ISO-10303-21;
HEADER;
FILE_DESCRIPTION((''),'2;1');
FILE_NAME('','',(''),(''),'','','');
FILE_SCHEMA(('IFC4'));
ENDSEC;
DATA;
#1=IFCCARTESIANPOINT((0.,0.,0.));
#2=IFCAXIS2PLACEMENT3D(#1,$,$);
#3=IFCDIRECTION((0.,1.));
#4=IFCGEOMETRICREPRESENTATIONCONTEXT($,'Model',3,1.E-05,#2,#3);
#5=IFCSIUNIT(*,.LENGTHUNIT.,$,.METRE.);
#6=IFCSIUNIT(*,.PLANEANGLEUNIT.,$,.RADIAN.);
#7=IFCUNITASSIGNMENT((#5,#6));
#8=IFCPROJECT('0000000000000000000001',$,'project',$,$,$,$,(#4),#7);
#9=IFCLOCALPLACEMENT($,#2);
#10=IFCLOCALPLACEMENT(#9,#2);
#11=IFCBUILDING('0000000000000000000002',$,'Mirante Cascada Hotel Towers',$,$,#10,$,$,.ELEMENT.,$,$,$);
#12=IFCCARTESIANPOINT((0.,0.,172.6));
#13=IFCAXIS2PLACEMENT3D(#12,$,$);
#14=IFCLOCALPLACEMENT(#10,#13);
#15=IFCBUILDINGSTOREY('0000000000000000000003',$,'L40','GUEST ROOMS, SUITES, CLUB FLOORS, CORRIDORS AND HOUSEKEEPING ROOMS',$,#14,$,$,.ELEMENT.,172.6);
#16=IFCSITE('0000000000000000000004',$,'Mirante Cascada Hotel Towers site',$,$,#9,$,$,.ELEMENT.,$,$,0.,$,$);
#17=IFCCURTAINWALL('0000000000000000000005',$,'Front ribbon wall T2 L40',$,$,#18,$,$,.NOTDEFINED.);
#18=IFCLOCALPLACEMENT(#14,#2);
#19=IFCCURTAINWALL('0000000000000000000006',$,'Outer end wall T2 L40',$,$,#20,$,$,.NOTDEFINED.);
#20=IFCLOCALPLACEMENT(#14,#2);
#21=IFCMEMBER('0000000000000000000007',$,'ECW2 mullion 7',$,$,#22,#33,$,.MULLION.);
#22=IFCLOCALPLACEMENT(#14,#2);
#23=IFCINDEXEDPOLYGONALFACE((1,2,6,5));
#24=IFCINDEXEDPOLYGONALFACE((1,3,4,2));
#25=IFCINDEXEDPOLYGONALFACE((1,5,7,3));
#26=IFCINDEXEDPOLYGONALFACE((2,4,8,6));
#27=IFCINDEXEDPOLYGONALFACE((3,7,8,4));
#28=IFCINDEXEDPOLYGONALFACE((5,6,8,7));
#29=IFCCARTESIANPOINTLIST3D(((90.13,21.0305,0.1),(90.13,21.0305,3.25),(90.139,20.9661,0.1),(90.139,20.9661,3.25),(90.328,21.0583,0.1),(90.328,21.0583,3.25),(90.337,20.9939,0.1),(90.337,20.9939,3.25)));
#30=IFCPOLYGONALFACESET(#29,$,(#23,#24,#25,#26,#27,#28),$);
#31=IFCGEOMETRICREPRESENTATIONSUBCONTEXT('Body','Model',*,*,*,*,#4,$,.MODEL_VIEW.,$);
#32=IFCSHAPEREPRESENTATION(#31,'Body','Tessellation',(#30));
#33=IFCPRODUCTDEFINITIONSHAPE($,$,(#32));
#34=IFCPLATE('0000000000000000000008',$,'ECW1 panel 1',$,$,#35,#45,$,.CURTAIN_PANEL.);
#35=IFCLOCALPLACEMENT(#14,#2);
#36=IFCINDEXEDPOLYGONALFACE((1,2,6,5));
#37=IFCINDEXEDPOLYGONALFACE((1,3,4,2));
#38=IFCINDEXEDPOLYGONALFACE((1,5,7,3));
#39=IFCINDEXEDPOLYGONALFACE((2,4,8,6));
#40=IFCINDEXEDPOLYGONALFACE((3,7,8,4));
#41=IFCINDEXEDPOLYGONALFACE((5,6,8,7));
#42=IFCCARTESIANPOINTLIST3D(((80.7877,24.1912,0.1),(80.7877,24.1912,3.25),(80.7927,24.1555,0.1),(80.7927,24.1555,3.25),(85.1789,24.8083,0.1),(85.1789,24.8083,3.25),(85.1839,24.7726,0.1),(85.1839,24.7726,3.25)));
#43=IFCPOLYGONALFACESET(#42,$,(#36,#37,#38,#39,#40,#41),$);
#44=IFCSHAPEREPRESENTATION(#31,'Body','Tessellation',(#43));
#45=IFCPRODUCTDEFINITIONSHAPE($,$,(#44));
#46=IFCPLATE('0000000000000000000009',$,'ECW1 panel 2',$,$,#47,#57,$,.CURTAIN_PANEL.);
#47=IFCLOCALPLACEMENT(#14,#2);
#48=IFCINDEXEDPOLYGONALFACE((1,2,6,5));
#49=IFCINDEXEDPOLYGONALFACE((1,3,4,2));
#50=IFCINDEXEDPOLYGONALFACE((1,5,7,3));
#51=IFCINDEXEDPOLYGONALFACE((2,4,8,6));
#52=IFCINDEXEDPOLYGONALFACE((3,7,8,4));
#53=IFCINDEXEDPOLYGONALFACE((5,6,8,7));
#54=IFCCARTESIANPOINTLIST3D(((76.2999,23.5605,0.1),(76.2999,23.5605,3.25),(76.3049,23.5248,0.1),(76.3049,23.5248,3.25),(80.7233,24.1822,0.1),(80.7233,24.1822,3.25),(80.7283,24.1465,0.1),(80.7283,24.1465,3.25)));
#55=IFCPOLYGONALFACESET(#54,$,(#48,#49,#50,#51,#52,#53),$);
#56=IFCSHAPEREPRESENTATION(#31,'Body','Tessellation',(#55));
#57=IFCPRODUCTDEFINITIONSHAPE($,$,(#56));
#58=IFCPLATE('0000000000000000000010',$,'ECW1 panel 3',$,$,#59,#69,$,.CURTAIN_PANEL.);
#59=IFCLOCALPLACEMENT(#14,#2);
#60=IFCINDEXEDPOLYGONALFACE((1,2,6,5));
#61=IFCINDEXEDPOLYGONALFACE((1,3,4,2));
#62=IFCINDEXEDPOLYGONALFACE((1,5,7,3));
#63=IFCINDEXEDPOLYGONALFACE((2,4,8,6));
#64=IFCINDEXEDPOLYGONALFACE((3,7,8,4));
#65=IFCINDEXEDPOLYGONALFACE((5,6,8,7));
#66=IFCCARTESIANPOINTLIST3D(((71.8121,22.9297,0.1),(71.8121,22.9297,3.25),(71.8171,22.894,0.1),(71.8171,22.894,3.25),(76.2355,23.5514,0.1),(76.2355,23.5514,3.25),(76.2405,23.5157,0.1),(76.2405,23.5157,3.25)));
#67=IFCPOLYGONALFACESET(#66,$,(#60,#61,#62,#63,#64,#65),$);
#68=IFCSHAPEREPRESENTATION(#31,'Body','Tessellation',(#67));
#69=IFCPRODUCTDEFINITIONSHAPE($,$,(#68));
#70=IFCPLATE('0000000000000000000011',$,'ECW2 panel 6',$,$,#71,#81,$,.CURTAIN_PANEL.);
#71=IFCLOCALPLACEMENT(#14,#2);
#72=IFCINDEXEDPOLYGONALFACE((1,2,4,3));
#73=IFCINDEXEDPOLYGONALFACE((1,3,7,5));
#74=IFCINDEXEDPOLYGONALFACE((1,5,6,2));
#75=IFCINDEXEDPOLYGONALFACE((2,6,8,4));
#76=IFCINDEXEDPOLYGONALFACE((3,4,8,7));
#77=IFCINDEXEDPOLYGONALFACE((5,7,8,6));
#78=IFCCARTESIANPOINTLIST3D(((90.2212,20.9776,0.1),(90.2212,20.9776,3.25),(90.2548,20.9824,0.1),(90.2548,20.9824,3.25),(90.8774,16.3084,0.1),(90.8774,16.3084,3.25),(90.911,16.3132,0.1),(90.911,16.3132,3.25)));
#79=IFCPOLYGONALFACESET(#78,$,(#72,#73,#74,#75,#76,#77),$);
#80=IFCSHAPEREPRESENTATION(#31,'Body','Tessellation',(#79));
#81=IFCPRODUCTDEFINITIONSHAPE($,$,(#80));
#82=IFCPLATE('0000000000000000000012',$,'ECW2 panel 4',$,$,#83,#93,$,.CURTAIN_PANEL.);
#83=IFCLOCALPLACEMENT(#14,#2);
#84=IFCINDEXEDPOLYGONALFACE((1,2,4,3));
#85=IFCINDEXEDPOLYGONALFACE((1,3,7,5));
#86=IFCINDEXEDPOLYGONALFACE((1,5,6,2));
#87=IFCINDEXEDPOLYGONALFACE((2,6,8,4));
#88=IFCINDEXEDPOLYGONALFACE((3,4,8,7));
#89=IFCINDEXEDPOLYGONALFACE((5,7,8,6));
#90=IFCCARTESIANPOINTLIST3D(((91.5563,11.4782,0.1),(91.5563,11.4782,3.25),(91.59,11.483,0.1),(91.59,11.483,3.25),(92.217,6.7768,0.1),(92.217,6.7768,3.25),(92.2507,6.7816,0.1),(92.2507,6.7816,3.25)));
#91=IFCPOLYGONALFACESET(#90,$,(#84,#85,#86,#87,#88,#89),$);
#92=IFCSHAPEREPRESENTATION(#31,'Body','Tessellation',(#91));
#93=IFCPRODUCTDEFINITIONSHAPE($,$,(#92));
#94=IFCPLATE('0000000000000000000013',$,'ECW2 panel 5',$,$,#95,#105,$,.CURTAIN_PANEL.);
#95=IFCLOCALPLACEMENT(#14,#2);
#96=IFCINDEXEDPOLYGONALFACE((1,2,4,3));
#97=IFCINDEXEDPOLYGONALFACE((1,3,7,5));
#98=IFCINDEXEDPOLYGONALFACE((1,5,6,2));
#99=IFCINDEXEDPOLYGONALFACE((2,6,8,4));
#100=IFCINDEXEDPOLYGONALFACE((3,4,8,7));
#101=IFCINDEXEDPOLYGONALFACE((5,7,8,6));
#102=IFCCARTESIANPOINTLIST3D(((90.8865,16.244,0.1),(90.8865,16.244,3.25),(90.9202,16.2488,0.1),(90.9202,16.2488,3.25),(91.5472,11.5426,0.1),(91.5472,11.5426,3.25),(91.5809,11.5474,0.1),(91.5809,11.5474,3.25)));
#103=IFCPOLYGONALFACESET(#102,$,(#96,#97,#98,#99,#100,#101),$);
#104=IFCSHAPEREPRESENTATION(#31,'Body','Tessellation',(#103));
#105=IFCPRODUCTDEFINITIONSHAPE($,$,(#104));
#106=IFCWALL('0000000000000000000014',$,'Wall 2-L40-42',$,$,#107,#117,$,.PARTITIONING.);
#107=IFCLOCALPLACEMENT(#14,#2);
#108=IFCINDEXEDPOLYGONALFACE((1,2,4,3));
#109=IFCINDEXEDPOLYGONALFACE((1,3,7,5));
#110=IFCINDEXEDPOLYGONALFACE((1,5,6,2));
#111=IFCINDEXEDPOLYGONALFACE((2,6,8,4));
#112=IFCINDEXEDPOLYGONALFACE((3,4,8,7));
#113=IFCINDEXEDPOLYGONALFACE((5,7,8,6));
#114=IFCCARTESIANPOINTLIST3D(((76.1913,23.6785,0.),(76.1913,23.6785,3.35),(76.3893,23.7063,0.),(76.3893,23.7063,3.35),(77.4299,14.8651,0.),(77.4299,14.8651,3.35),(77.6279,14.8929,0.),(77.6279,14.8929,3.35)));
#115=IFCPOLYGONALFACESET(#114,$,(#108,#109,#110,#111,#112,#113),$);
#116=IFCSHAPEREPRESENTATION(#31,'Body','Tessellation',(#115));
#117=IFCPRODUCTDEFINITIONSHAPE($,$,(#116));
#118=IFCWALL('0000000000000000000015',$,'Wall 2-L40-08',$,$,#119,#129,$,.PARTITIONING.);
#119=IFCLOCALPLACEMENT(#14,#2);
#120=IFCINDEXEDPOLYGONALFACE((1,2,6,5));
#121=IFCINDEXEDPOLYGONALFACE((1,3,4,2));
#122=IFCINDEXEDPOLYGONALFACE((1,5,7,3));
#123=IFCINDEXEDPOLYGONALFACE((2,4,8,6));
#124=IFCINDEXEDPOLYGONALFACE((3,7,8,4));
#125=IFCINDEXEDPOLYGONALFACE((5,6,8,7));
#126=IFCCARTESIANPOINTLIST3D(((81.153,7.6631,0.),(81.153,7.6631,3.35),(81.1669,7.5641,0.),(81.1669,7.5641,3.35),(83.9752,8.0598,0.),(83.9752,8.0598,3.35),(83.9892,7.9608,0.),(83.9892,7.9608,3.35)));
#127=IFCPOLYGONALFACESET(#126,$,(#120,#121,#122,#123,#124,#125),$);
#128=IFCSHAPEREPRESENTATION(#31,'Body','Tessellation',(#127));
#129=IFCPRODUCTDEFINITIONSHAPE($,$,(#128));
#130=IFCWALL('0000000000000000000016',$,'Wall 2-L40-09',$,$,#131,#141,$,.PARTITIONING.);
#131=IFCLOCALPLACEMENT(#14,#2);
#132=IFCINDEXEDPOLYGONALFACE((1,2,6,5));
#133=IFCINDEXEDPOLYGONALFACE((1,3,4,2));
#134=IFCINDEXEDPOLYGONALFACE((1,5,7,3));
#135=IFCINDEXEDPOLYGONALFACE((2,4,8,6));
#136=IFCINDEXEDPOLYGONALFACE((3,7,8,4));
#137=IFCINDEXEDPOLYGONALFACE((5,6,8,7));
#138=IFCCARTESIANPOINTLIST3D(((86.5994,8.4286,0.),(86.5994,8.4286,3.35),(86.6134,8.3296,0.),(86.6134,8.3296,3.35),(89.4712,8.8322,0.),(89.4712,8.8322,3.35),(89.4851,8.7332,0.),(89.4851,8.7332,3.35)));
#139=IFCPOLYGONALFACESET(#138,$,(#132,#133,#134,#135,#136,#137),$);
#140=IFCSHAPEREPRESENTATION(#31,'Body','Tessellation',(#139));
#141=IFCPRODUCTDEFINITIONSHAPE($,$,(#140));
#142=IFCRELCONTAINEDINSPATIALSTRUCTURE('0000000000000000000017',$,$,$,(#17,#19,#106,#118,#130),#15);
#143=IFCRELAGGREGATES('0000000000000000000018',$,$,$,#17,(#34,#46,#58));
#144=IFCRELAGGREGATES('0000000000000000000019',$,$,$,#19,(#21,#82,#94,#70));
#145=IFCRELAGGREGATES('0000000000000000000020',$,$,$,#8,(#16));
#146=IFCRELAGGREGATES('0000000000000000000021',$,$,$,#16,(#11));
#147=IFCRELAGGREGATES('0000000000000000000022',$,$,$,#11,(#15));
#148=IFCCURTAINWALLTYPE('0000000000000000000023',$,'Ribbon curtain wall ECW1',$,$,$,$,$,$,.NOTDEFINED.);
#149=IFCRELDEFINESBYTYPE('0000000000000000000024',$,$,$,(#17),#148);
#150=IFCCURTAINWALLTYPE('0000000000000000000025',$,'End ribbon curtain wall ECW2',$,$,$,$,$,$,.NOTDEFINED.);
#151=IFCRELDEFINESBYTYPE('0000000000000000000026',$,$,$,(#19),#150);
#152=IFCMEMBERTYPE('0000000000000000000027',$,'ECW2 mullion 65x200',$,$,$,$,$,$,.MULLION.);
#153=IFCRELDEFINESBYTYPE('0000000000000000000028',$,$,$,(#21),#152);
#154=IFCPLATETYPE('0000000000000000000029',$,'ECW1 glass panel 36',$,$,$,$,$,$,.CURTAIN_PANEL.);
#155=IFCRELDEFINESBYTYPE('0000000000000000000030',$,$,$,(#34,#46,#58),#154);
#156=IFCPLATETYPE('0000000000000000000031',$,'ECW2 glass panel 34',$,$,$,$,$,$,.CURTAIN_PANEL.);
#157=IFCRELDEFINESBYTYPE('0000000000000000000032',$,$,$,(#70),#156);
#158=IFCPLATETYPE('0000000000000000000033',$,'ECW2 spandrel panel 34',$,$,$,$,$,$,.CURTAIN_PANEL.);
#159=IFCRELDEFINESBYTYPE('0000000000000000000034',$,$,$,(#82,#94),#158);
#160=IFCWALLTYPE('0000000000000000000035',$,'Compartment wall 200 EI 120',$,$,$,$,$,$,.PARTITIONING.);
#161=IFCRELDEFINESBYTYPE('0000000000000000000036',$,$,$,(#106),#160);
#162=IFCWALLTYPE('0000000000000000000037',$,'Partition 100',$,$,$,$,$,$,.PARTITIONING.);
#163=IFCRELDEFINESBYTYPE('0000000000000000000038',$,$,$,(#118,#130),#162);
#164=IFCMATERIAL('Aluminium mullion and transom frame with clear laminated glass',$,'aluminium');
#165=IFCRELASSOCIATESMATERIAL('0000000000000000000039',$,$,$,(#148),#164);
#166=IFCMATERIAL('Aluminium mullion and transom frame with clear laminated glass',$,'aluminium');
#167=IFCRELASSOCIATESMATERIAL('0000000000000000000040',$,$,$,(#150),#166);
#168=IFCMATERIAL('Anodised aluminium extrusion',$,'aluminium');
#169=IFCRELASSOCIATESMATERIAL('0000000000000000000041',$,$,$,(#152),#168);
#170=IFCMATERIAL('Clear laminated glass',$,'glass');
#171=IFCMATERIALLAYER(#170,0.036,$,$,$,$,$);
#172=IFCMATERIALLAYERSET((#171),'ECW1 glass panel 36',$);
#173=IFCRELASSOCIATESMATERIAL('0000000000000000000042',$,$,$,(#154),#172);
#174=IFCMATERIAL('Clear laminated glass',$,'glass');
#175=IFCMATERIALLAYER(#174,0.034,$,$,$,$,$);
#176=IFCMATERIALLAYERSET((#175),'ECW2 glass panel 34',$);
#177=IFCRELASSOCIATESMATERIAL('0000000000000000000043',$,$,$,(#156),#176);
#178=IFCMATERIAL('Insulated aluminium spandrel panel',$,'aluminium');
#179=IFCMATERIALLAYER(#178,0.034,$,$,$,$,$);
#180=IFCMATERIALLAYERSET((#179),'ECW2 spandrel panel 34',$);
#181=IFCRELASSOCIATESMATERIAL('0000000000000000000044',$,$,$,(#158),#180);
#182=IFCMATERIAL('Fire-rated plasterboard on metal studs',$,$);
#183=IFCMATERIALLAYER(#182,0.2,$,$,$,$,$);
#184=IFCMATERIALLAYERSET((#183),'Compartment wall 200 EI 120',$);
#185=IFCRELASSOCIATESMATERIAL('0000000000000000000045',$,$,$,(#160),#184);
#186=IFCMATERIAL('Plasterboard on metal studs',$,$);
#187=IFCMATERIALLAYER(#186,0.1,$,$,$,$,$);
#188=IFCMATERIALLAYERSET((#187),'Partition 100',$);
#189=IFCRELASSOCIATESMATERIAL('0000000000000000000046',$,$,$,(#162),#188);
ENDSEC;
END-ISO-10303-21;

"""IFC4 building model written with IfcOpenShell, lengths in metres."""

from ifc_helpers import new_model, si_unit, direction, frame, frame_2d, origin, origin_2d, place, context, subcontext, project, spatial, rectangle, extrude, material, layer, layer_set, material_profile, profile_set, type_object, element, aggregate, save


model = new_model("IFC4")

# Units and contexts
model_context = context("Model", 3, precision=1e-05, world=origin(), true_north=direction((0.0, 1.0)))
body_context = subcontext(model_context, "Body", "Model", "MODEL_VIEW")
ifc_project = project(units=[si_unit("LENGTHUNIT", "METRE"), si_unit("PLANEANGLEUNIT", "RADIAN")], contexts=[model_context])

# Site, building, storey
site_placement = place(None, origin())
site = spatial("IfcSite", under=ifc_project, at=site_placement, Name="Mirante Cascada Hotel Towers site", CompositionType="ELEMENT", RefElevation=0.0)
building_placement = place(site_placement, origin())
building = spatial("IfcBuilding", under=site, at=building_placement, Name="Mirante Cascada Hotel Towers", CompositionType="ELEMENT")
storey_placement = place(building_placement, frame((0.0, 0.0, 172.6)))
storey = spatial("IfcBuildingStorey", under=building, at=storey_placement, Name="L40", Description="GUEST ROOMS, SUITES, CLUB FLOORS, CORRIDORS AND HOUSEKEEPING ROOMS", CompositionType="ELEMENT", Elevation=172.6)

# Curtain walls, member
ifc_material_1 = material(Name="Aluminium mullion and transom frame with clear laminated glass", Category="aluminium")
curtain_wall_type_1 = type_object("IfcCurtainWallType", Name="Ribbon curtain wall ECW1", PredefinedType="NOTDEFINED", material=ifc_material_1)
curtain_wall_1_placement = place(storey_placement, origin())
curtain_wall_1 = element("IfcCurtainWall", 1, at=curtain_wall_1_placement, inside=storey, type_object=curtain_wall_type_1, Name="Front ribbon wall T2 L40", PredefinedType="NOTDEFINED")
ifc_material_2 = material(Name="Aluminium mullion and transom frame with clear laminated glass", Category="aluminium")
curtain_wall_type_2 = type_object("IfcCurtainWallType", Name="End ribbon curtain wall ECW2", PredefinedType="NOTDEFINED", material=ifc_material_2)
curtain_wall_2_placement = place(storey_placement, origin())
curtain_wall_2 = element("IfcCurtainWall", 2, at=curtain_wall_2_placement, inside=storey, type_object=curtain_wall_type_2, Name="Outer end wall T2 L40", PredefinedType="NOTDEFINED")
ifc_material_3 = material(Name="Anodised aluminium extrusion", Category="aluminium")
ifc_material_profile_1 = material_profile(ifc_material_3, rectangle(XDim=0.2, YDim=0.065, at=origin_2d()), Name="ECW2 MULLION 65x200")
ifc_profile_set_1 = profile_set([ifc_material_profile_1], Name="Anodised aluminium extrusion")
member_type_1 = type_object("IfcMemberType", Name="ECW2 mullion 65x200", PredefinedType="MULLION", material=ifc_profile_set_1)
member_1_placement = place(storey_placement, frame((90.2335, 21.0122, 0.1), z_axis=(0.0, 0.0, 1.0), x_axis=(-0.990268, -0.139173, 0.0)))
member_1 = element("IfcMember", 3, at=member_1_placement, type_object=member_type_1, Name="ECW2 mullion 7", PredefinedType="MULLION", context=body_context, shape_type="SweptSolid", body=[
    extrude(rectangle(XDim=0.2, YDim=0.065, at=origin_2d()), origin(), (0.0, 0.0, 1.0), 3.15),
])

# Plates
ifc_material_4 = material(Name="Clear laminated glass", Category="glass")
ifc_layer_1 = layer(ifc_material_4, 0.036)
ifc_layer_set_1 = layer_set([ifc_layer_1], Name="ECW1 glass panel 36")
plate_type_1 = type_object("IfcPlateType", Name="ECW1 glass panel 36", PredefinedType="CURTAIN_PANEL", material=ifc_layer_set_1)
plate_1_placement = place(storey_placement, frame((82.9858, 24.4819, 0.1), z_axis=(0.0, 0.0, 1.0), x_axis=(-0.990268, -0.139173, 0.0)))
plate_1 = element("IfcPlate", 4, at=plate_1_placement, type_object=plate_type_1, Name="ECW1 panel 1", PredefinedType="CURTAIN_PANEL", context=body_context, shape_type="SweptSolid", body=[
    extrude(rectangle(XDim=4.4344, YDim=0.036, at=origin_2d()), origin(), (0.0, 0.0, 1.0), 3.15),
])
plate_2_placement = place(storey_placement, frame((78.5141, 23.8535, 0.1), z_axis=(0.0, 0.0, 1.0), x_axis=(-0.990268, -0.139173, 0.0)))
plate_2 = element("IfcPlate", 5, at=plate_2_placement, type_object=plate_type_1, Name="ECW1 panel 2", PredefinedType="CURTAIN_PANEL", context=body_context, shape_type="SweptSolid", body=[
    extrude(rectangle(XDim=4.4669, YDim=0.036, at=origin_2d()), origin(), (0.0, 0.0, 1.0), 3.15),
])
plate_3_placement = place(storey_placement, frame((74.0263, 23.2227, 0.1), z_axis=(0.0, 0.0, 1.0), x_axis=(-0.990268, -0.139173, 0.0)))
plate_3 = element("IfcPlate", 6, at=plate_3_placement, type_object=plate_type_1, Name="ECW1 panel 3", PredefinedType="CURTAIN_PANEL", context=body_context, shape_type="SweptSolid", body=[
    extrude(rectangle(XDim=4.4669, YDim=0.036, at=origin_2d()), origin(), (0.0, 0.0, 1.0), 3.15),
])
aggregate(curtain_wall_1, [plate_1, plate_2, plate_3])
ifc_material_5 = material(Name="Clear laminated glass", Category="glass")
ifc_layer_2 = layer(ifc_material_5, 0.034)
ifc_layer_set_2 = layer_set([ifc_layer_2], Name="ECW2 glass panel 34")
plate_type_2 = type_object("IfcPlateType", Name="ECW2 glass panel 34", PredefinedType="CURTAIN_PANEL", material=ifc_layer_set_2)
plate_4_placement = place(storey_placement, frame((90.5661, 18.6454, 0.1), z_axis=(0.0, 0.0, 1.0), x_axis=(-0.139173, 0.990268, 0.0)))
plate_4 = element("IfcPlate", 7, at=plate_4_placement, type_object=plate_type_2, Name="ECW2 panel 6", PredefinedType="CURTAIN_PANEL", context=body_context, shape_type="SweptSolid", body=[
    extrude(rectangle(XDim=4.7151, YDim=0.034, at=origin_2d()), origin(), (0.0, 0.0, 1.0), 3.15),
])
ifc_material_6 = material(Name="Insulated aluminium spandrel panel", Category="aluminium")
ifc_layer_3 = layer(ifc_material_6, 0.034)
ifc_layer_set_3 = layer_set([ifc_layer_3], Name="ECW2 spandrel panel 34")
plate_type_3 = type_object("IfcPlateType", Name="ECW2 spandrel panel 34", PredefinedType="CURTAIN_PANEL", material=ifc_layer_set_3)
plate_5_placement = place(storey_placement, frame((91.9035, 9.1299, 0.1), z_axis=(0.0, 0.0, 1.0), x_axis=(-0.139173, 0.990268, 0.0)))
plate_5 = element("IfcPlate", 8, at=plate_5_placement, type_object=plate_type_3, Name="ECW2 panel 4", PredefinedType="CURTAIN_PANEL", context=body_context, shape_type="SweptSolid", body=[
    extrude(rectangle(XDim=4.7476, YDim=0.034, at=origin_2d()), origin(), (0.0, 0.0, 1.0), 3.15),
])
plate_6_placement = place(storey_placement, frame((91.2337, 13.8957, 0.1), z_axis=(0.0, 0.0, 1.0), x_axis=(-0.139173, 0.990268, 0.0)))
plate_6 = element("IfcPlate", 9, at=plate_6_placement, type_object=plate_type_3, Name="ECW2 panel 5", PredefinedType="CURTAIN_PANEL", context=body_context, shape_type="SweptSolid", body=[
    extrude(rectangle(XDim=4.7476, YDim=0.034, at=origin_2d()), origin(), (0.0, 0.0, 1.0), 3.15),
])
aggregate(curtain_wall_2, [member_1, plate_5, plate_6, plate_4])

# Walls
ifc_material_7 = material(Name="Fire-rated plasterboard on metal studs")
ifc_layer_4 = layer(ifc_material_7, 0.2)
ifc_layer_set_4 = layer_set([ifc_layer_4], Name="Compartment wall 200 EI 120")
wall_type_1 = type_object("IfcWallType", Name="Compartment wall 200 EI 120", PredefinedType="PARTITIONING", material=ifc_layer_set_4)
wall_1_placement = place(storey_placement, frame((76.2903, 23.6924, 0.0), z_axis=(0.0, 0.0, 1.0), x_axis=(0.139168, -0.990269, 0.0)))
element("IfcWall", 10, at=wall_1_placement, inside=storey, type_object=wall_type_1, Name="Wall 2-L40-42", PredefinedType="PARTITIONING", context=body_context, shape_type="SweptSolid", body=[
    extrude(rectangle(XDim=8.9, YDim=0.2, at=frame_2d((4.45, 0.0))), origin(), (0.0, 0.0, 1.0), 3.35),
])
ifc_material_8 = material(Name="Plasterboard on metal studs")
ifc_layer_5 = layer(ifc_material_8, 0.1)
ifc_layer_set_5 = layer_set([ifc_layer_5], Name="Partition 100")
wall_type_2 = type_object("IfcWallType", Name="Partition 100", PredefinedType="PARTITIONING", material=ifc_layer_set_5)
wall_2_placement = place(storey_placement, frame((83.9822, 8.0103, 0.0), z_axis=(0.0, 0.0, 1.0), x_axis=(-0.990266, -0.139191, 0.0)))
element("IfcWall", 11, at=wall_2_placement, inside=storey, type_object=wall_type_2, Name="Wall 2-L40-08", PredefinedType="PARTITIONING", context=body_context, shape_type="SweptSolid", body=[
    extrude(rectangle(XDim=2.85, YDim=0.1, at=frame_2d((1.425, 0.0))), origin(), (0.0, 0.0, 1.0), 3.35),
])
wall_3_placement = place(storey_placement, frame((86.6064, 8.3791, 0.0), z_axis=(0.0, 0.0, 1.0), x_axis=(0.990268, 0.139171, 0.0)))
element("IfcWall", 12, at=wall_3_placement, inside=storey, type_object=wall_type_2, Name="Wall 2-L40-09", PredefinedType="PARTITIONING", context=body_context, shape_type="SweptSolid", body=[
    extrude(rectangle(XDim=2.9, YDim=0.1, at=frame_2d((1.45, 0.0))), origin(), (0.0, 0.0, 1.0), 3.35),
])

save(model, "model.ifc")
